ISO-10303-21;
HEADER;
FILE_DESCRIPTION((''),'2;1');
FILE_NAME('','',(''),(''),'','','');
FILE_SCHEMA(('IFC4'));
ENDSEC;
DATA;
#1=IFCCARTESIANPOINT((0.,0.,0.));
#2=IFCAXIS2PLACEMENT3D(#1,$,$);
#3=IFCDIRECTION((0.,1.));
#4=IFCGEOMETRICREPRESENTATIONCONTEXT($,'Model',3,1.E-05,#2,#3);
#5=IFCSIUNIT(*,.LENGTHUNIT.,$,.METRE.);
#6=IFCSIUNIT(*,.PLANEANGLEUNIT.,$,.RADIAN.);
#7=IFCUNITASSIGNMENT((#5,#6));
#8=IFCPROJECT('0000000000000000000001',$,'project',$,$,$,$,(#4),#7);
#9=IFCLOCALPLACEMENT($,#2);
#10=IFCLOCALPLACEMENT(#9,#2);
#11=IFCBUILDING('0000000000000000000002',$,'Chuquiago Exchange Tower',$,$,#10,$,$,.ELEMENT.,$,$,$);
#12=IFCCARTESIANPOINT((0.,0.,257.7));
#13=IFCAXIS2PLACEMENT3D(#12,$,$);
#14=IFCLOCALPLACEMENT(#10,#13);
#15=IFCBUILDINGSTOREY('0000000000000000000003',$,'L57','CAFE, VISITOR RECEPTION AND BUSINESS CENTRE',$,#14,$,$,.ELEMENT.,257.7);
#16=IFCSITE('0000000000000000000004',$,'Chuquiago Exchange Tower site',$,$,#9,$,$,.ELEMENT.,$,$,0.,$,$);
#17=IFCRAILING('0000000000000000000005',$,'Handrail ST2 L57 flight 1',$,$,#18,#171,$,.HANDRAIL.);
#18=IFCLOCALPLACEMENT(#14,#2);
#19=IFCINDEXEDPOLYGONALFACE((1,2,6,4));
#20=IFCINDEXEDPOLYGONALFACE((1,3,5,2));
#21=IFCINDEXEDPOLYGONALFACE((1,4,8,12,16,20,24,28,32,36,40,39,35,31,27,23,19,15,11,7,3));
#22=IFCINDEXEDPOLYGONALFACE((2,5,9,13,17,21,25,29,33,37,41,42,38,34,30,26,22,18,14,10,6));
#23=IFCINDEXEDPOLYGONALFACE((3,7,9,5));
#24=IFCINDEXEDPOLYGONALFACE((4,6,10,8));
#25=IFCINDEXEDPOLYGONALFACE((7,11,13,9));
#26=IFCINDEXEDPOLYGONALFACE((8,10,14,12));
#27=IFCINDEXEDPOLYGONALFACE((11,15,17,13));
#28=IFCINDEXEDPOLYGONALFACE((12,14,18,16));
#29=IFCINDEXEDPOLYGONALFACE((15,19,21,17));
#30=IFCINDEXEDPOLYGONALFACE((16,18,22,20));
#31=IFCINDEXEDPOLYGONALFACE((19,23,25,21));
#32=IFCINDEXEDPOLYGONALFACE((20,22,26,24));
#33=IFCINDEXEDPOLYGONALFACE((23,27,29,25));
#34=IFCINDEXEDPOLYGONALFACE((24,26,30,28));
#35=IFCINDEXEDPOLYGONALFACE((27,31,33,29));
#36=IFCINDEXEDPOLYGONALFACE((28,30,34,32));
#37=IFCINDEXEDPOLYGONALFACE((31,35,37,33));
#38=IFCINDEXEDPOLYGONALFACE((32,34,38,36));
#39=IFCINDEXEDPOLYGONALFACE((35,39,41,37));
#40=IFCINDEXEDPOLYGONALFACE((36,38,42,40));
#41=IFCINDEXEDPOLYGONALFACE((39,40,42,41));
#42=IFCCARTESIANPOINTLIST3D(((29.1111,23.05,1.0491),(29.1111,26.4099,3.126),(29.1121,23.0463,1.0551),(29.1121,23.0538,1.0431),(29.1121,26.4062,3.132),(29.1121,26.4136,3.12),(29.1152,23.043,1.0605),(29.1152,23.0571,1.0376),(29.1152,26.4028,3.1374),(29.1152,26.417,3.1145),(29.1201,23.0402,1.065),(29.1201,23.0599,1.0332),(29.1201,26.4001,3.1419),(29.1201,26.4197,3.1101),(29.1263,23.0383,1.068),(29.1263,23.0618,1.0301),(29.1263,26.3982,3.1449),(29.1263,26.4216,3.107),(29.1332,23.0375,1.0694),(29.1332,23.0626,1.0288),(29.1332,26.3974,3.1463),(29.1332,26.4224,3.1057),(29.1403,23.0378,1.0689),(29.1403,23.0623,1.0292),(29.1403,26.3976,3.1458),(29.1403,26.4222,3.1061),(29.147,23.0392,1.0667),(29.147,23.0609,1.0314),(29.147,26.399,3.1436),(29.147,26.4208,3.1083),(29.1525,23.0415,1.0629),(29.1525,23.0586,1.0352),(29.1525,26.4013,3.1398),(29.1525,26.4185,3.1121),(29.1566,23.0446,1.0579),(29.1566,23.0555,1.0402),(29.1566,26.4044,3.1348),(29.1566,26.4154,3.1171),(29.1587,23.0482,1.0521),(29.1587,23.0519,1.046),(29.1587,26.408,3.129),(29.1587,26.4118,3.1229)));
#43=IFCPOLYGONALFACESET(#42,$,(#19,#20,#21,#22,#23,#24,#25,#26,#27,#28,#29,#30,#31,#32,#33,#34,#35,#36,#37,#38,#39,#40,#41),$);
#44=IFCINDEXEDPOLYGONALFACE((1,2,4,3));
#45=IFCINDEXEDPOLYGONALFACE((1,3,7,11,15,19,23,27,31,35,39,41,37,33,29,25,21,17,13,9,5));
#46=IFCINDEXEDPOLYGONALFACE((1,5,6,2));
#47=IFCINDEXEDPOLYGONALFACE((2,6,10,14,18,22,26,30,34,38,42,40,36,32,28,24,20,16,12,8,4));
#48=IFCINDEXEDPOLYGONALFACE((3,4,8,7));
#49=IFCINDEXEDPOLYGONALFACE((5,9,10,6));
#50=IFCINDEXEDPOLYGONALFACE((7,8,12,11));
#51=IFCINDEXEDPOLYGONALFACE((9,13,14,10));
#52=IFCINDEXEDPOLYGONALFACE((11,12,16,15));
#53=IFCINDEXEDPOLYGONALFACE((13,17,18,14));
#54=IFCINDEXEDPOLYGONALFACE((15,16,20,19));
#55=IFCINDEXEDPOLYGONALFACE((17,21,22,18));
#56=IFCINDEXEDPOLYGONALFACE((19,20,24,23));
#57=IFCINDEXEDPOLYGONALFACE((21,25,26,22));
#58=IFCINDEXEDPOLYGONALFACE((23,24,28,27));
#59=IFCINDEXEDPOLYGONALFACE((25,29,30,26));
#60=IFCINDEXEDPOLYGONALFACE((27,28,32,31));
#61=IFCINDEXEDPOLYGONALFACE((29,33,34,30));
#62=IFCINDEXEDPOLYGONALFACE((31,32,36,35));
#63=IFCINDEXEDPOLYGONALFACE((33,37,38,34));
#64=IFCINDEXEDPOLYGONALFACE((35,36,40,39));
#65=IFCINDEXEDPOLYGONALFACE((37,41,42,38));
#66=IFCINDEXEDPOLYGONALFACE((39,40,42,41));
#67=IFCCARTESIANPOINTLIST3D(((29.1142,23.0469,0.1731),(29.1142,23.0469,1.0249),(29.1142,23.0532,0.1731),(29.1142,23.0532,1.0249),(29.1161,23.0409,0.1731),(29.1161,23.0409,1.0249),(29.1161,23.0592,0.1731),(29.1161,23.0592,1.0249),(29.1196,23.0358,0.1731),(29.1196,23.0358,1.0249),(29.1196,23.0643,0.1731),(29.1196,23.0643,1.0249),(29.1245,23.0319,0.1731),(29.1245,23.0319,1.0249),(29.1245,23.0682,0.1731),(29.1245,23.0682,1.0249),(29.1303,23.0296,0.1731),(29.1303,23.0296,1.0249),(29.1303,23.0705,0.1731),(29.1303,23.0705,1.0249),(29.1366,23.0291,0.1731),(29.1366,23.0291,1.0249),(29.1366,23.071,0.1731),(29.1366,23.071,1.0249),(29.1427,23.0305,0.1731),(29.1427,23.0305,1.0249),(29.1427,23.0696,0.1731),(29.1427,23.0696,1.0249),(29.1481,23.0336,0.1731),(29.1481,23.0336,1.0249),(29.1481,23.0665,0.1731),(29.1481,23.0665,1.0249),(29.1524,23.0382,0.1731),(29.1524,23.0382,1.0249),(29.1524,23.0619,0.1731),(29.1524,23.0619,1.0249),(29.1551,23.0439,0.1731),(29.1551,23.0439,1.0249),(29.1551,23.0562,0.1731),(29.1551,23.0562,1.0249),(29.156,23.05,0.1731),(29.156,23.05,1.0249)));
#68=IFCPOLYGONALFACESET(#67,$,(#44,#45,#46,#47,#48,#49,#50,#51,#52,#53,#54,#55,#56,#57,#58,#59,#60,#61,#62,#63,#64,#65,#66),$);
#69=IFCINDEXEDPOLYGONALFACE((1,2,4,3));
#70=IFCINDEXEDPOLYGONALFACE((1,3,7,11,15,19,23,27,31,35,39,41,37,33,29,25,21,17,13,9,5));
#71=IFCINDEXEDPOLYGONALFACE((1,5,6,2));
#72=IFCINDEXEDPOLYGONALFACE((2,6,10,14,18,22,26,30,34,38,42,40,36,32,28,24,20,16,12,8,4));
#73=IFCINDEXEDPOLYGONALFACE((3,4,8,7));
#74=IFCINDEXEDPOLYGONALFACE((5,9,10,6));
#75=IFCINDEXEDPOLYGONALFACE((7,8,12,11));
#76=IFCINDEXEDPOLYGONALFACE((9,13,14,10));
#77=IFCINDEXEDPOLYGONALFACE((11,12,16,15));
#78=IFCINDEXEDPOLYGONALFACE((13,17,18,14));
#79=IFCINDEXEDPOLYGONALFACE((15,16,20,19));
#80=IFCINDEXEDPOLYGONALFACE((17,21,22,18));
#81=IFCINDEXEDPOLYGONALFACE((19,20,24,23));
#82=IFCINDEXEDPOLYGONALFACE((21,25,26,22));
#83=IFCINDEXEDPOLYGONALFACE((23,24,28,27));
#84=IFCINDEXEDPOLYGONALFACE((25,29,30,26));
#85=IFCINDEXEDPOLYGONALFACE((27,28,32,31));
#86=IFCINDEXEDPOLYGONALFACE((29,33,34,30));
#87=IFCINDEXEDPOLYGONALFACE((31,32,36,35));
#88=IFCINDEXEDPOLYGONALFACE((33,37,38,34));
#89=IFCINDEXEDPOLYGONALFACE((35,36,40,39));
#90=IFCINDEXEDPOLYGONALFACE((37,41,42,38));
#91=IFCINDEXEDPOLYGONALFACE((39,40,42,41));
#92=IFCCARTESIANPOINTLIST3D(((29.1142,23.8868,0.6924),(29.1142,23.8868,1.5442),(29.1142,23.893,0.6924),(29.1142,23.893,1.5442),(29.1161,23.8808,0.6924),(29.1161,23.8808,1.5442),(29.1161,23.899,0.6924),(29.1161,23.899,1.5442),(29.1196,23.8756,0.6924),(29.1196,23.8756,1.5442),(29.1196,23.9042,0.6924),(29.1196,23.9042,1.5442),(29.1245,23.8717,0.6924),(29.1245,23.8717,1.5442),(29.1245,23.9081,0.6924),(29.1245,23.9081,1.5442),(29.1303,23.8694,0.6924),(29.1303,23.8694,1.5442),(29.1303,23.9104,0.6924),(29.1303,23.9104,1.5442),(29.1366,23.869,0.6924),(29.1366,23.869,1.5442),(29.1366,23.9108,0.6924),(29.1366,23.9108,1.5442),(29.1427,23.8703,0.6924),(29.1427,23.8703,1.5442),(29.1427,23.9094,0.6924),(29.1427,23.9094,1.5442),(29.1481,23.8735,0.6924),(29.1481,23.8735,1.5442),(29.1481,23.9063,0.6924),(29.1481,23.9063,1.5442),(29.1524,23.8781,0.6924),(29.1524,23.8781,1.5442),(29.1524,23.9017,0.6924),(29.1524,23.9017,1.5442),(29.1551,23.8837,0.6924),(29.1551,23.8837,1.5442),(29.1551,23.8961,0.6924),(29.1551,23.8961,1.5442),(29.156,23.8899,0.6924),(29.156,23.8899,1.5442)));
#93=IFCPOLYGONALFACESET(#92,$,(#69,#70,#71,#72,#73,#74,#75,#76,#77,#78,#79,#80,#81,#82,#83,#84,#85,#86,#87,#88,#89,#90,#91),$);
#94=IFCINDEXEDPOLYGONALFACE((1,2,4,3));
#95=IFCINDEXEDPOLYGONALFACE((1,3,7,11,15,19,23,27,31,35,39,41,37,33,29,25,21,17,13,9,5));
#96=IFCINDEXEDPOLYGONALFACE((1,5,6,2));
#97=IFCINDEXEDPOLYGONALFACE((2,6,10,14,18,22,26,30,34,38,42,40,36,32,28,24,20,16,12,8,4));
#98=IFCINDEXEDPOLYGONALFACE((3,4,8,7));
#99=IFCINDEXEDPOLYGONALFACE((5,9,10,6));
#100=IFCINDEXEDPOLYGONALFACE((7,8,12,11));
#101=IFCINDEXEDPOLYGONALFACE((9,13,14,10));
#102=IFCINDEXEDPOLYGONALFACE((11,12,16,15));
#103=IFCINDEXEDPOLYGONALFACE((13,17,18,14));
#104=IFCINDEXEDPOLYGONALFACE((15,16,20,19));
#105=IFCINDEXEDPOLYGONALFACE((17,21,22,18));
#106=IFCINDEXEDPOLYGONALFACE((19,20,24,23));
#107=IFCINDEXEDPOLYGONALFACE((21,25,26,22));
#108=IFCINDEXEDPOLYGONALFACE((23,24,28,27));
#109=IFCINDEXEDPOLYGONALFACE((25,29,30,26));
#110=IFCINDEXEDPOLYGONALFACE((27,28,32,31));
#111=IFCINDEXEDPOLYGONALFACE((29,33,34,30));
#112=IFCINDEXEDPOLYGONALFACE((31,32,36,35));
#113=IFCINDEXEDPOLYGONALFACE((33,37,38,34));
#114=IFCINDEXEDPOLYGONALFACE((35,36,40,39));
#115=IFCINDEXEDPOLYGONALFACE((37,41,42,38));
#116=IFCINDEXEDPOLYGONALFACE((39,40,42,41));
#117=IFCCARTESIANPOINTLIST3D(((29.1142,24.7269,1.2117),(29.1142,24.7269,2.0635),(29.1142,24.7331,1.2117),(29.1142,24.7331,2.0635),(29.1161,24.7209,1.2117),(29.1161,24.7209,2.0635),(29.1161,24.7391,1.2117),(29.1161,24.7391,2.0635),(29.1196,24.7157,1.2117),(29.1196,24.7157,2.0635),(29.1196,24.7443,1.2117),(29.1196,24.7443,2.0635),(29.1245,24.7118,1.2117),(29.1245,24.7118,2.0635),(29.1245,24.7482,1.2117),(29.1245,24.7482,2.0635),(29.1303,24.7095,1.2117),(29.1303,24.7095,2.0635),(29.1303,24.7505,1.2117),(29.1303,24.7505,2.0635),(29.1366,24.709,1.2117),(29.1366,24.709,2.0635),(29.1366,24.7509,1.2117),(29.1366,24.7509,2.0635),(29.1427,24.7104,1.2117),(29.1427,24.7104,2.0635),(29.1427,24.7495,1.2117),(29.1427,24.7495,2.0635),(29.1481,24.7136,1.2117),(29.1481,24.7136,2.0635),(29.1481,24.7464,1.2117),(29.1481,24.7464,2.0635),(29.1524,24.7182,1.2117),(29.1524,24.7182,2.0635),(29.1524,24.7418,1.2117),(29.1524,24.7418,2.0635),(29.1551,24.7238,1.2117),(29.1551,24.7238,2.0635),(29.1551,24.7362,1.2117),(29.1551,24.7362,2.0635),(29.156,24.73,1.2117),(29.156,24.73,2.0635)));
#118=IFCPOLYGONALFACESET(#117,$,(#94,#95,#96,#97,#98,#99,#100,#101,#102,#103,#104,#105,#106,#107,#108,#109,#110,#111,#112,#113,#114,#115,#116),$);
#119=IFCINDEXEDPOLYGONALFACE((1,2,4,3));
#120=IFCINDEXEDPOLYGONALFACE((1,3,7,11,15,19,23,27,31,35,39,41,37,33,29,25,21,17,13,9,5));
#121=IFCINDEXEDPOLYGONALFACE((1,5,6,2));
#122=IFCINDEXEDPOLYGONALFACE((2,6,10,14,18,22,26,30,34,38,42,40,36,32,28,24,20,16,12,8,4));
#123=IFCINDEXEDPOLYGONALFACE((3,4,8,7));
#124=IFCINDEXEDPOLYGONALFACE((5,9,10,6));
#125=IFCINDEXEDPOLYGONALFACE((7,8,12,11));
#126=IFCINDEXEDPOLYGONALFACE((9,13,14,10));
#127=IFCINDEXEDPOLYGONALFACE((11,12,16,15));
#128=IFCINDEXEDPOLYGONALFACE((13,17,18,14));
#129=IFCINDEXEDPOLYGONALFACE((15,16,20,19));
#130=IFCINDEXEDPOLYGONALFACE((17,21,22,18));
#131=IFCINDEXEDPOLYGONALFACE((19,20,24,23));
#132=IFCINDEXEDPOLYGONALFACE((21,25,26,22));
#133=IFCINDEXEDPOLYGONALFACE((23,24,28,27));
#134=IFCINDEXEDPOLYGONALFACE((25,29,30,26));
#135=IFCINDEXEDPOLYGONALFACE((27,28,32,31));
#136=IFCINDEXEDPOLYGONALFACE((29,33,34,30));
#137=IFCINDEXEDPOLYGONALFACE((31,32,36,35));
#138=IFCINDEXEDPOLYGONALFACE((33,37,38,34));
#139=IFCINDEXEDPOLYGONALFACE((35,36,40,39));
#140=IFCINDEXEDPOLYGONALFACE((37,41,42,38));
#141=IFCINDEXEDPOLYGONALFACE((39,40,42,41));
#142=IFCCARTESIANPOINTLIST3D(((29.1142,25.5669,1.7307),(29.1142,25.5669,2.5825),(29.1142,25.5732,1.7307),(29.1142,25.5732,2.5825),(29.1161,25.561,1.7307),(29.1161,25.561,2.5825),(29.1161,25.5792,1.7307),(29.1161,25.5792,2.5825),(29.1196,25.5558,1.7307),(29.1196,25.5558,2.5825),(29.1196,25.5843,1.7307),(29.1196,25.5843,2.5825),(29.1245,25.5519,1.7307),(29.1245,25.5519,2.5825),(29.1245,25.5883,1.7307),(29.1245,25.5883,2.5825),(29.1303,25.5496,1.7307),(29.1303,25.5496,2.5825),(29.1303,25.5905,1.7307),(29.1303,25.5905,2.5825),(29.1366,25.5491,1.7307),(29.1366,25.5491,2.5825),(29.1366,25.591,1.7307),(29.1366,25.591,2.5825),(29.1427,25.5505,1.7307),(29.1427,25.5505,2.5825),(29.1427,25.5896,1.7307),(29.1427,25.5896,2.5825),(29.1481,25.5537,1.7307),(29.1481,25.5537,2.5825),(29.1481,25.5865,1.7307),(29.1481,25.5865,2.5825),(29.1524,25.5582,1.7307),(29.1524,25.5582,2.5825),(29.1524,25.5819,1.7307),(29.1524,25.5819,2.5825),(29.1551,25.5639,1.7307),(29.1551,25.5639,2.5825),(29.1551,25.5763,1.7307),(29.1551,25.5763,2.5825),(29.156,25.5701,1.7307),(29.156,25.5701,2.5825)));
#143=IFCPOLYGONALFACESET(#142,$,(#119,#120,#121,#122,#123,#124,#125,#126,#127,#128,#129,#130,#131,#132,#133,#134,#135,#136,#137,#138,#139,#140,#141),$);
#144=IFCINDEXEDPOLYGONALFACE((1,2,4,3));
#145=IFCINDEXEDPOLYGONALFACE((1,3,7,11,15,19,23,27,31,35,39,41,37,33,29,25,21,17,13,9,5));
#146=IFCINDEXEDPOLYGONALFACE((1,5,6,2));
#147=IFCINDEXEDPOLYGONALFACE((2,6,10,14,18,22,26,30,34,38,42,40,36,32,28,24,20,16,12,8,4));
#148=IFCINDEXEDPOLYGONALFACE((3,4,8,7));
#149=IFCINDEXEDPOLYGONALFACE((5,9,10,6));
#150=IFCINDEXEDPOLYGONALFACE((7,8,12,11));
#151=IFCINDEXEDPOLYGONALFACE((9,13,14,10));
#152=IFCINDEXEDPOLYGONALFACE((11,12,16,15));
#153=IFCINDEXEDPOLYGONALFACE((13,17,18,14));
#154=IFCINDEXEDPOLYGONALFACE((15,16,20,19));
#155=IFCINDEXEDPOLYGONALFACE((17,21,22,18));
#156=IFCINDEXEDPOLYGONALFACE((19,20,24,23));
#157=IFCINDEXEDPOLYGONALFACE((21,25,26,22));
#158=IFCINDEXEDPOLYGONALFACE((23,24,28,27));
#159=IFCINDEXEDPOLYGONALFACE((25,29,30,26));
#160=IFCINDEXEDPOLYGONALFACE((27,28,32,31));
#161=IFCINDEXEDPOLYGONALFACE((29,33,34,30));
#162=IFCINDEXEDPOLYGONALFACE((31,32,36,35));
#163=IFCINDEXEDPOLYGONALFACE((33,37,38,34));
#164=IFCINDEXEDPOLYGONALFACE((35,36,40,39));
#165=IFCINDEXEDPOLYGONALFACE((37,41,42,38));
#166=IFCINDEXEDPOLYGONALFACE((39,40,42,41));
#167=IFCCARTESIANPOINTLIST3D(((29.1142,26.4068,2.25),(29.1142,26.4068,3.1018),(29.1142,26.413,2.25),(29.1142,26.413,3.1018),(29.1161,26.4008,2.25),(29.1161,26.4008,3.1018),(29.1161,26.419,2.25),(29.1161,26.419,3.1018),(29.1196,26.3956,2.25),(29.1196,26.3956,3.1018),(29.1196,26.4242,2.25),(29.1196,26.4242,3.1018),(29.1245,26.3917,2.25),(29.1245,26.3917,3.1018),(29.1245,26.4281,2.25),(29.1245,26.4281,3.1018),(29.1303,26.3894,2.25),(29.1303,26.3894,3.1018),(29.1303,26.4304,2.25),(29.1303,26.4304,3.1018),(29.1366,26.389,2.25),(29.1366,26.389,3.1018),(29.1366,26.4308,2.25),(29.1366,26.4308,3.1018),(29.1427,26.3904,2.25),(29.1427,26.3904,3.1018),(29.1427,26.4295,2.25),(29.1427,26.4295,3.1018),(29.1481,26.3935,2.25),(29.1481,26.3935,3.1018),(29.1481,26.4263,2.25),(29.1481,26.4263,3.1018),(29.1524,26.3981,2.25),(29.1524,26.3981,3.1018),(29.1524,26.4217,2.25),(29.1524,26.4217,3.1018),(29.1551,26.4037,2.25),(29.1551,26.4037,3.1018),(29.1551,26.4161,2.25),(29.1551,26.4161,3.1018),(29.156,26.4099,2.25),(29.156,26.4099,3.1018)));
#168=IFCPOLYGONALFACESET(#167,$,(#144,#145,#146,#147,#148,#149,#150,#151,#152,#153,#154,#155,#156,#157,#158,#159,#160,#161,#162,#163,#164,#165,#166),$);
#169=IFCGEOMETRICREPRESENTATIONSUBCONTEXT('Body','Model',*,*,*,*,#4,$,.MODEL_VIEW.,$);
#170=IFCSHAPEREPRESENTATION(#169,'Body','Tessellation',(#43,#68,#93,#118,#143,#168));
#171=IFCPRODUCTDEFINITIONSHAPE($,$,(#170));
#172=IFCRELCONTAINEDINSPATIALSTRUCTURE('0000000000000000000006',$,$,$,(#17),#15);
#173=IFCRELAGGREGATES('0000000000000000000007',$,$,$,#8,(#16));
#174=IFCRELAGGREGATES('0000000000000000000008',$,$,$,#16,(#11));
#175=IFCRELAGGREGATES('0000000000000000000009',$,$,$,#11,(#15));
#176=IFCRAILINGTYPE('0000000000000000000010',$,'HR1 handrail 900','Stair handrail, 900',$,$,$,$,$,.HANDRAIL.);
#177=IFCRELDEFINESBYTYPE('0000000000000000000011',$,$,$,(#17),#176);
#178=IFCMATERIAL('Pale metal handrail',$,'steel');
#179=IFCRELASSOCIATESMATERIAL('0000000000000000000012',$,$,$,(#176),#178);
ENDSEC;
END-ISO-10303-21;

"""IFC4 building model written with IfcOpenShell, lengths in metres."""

from ifc_helpers import new_model, si_unit, direction, frame, origin, origin_2d, place, context, subcontext, project, spatial, circle, extrude, material, type_object, element, save


model = new_model("IFC4")

# Units and contexts
model_context = context("Model", 3, precision=1e-05, world=origin(), true_north=direction((0.0, 1.0)))
body_context = subcontext(model_context, "Body", "Model", "MODEL_VIEW")
ifc_project = project(units=[si_unit("LENGTHUNIT", "METRE"), si_unit("PLANEANGLEUNIT", "RADIAN")], contexts=[model_context])

# Site, building, storey
site_placement = place(None, origin())
site = spatial("IfcSite", under=ifc_project, at=site_placement, Name="Chuquiago Exchange Tower site", CompositionType="ELEMENT", RefElevation=0.0)
building_placement = place(site_placement, origin())
building = spatial("IfcBuilding", under=site, at=building_placement, Name="Chuquiago Exchange Tower", CompositionType="ELEMENT")
storey_placement = place(building_placement, frame((0.0, 0.0, 257.7)))
storey = spatial("IfcBuildingStorey", under=building, at=storey_placement, Name="L57", Description="CAFE, VISITOR RECEPTION AND BUSINESS CENTRE", CompositionType="ELEMENT", Elevation=257.7)

# Railing
ifc_material_1 = material(Name="Pale metal handrail", Category="steel")
railing_type = type_object("IfcRailingType", Name="HR1 handrail 900", Description="Stair handrail, 900", PredefinedType="HANDRAIL", material=ifc_material_1)
railing_placement = place(storey_placement, frame((29.135, 23.05, 0.1731)))
element("IfcRailing", 1, at=railing_placement, inside=storey, type_object=railing_type, Name="Handrail ST2 L57 flight 1", PredefinedType="HANDRAIL", context=body_context, shape_type="SweptSolid", body=[
    extrude(circle(Radius=0.0239, at=origin_2d()), frame((0.0, 0.0, 0.876), z_axis=(0.0, 0.850606, 0.525803), x_axis=(-1.0, 0.0, 0.0)), (0.0, 0.0, 1.0), 3.95),
    extrude(circle(Radius=0.021, at=origin_2d()), origin(), (0.0, 0.0, 1.0), 0.8518),
    extrude(circle(Radius=0.021, at=origin_2d()), frame((0.0, 0.8398, 0.5193)), (0.0, 0.0, 1.0), 0.8518),
    extrude(circle(Radius=0.021, at=origin_2d()), frame((0.0, 1.6799, 1.0386)), (0.0, 0.0, 1.0), 0.8518),
    extrude(circle(Radius=0.021, at=origin_2d()), frame((0.0, 2.52, 1.5576)), (0.0, 0.0, 1.0), 0.8518),
    extrude(circle(Radius=0.021, at=origin_2d()), frame((0.0, 3.3599, 2.0769)), (0.0, 0.0, 1.0), 0.8518),
])

save(model, "model.ifc")
